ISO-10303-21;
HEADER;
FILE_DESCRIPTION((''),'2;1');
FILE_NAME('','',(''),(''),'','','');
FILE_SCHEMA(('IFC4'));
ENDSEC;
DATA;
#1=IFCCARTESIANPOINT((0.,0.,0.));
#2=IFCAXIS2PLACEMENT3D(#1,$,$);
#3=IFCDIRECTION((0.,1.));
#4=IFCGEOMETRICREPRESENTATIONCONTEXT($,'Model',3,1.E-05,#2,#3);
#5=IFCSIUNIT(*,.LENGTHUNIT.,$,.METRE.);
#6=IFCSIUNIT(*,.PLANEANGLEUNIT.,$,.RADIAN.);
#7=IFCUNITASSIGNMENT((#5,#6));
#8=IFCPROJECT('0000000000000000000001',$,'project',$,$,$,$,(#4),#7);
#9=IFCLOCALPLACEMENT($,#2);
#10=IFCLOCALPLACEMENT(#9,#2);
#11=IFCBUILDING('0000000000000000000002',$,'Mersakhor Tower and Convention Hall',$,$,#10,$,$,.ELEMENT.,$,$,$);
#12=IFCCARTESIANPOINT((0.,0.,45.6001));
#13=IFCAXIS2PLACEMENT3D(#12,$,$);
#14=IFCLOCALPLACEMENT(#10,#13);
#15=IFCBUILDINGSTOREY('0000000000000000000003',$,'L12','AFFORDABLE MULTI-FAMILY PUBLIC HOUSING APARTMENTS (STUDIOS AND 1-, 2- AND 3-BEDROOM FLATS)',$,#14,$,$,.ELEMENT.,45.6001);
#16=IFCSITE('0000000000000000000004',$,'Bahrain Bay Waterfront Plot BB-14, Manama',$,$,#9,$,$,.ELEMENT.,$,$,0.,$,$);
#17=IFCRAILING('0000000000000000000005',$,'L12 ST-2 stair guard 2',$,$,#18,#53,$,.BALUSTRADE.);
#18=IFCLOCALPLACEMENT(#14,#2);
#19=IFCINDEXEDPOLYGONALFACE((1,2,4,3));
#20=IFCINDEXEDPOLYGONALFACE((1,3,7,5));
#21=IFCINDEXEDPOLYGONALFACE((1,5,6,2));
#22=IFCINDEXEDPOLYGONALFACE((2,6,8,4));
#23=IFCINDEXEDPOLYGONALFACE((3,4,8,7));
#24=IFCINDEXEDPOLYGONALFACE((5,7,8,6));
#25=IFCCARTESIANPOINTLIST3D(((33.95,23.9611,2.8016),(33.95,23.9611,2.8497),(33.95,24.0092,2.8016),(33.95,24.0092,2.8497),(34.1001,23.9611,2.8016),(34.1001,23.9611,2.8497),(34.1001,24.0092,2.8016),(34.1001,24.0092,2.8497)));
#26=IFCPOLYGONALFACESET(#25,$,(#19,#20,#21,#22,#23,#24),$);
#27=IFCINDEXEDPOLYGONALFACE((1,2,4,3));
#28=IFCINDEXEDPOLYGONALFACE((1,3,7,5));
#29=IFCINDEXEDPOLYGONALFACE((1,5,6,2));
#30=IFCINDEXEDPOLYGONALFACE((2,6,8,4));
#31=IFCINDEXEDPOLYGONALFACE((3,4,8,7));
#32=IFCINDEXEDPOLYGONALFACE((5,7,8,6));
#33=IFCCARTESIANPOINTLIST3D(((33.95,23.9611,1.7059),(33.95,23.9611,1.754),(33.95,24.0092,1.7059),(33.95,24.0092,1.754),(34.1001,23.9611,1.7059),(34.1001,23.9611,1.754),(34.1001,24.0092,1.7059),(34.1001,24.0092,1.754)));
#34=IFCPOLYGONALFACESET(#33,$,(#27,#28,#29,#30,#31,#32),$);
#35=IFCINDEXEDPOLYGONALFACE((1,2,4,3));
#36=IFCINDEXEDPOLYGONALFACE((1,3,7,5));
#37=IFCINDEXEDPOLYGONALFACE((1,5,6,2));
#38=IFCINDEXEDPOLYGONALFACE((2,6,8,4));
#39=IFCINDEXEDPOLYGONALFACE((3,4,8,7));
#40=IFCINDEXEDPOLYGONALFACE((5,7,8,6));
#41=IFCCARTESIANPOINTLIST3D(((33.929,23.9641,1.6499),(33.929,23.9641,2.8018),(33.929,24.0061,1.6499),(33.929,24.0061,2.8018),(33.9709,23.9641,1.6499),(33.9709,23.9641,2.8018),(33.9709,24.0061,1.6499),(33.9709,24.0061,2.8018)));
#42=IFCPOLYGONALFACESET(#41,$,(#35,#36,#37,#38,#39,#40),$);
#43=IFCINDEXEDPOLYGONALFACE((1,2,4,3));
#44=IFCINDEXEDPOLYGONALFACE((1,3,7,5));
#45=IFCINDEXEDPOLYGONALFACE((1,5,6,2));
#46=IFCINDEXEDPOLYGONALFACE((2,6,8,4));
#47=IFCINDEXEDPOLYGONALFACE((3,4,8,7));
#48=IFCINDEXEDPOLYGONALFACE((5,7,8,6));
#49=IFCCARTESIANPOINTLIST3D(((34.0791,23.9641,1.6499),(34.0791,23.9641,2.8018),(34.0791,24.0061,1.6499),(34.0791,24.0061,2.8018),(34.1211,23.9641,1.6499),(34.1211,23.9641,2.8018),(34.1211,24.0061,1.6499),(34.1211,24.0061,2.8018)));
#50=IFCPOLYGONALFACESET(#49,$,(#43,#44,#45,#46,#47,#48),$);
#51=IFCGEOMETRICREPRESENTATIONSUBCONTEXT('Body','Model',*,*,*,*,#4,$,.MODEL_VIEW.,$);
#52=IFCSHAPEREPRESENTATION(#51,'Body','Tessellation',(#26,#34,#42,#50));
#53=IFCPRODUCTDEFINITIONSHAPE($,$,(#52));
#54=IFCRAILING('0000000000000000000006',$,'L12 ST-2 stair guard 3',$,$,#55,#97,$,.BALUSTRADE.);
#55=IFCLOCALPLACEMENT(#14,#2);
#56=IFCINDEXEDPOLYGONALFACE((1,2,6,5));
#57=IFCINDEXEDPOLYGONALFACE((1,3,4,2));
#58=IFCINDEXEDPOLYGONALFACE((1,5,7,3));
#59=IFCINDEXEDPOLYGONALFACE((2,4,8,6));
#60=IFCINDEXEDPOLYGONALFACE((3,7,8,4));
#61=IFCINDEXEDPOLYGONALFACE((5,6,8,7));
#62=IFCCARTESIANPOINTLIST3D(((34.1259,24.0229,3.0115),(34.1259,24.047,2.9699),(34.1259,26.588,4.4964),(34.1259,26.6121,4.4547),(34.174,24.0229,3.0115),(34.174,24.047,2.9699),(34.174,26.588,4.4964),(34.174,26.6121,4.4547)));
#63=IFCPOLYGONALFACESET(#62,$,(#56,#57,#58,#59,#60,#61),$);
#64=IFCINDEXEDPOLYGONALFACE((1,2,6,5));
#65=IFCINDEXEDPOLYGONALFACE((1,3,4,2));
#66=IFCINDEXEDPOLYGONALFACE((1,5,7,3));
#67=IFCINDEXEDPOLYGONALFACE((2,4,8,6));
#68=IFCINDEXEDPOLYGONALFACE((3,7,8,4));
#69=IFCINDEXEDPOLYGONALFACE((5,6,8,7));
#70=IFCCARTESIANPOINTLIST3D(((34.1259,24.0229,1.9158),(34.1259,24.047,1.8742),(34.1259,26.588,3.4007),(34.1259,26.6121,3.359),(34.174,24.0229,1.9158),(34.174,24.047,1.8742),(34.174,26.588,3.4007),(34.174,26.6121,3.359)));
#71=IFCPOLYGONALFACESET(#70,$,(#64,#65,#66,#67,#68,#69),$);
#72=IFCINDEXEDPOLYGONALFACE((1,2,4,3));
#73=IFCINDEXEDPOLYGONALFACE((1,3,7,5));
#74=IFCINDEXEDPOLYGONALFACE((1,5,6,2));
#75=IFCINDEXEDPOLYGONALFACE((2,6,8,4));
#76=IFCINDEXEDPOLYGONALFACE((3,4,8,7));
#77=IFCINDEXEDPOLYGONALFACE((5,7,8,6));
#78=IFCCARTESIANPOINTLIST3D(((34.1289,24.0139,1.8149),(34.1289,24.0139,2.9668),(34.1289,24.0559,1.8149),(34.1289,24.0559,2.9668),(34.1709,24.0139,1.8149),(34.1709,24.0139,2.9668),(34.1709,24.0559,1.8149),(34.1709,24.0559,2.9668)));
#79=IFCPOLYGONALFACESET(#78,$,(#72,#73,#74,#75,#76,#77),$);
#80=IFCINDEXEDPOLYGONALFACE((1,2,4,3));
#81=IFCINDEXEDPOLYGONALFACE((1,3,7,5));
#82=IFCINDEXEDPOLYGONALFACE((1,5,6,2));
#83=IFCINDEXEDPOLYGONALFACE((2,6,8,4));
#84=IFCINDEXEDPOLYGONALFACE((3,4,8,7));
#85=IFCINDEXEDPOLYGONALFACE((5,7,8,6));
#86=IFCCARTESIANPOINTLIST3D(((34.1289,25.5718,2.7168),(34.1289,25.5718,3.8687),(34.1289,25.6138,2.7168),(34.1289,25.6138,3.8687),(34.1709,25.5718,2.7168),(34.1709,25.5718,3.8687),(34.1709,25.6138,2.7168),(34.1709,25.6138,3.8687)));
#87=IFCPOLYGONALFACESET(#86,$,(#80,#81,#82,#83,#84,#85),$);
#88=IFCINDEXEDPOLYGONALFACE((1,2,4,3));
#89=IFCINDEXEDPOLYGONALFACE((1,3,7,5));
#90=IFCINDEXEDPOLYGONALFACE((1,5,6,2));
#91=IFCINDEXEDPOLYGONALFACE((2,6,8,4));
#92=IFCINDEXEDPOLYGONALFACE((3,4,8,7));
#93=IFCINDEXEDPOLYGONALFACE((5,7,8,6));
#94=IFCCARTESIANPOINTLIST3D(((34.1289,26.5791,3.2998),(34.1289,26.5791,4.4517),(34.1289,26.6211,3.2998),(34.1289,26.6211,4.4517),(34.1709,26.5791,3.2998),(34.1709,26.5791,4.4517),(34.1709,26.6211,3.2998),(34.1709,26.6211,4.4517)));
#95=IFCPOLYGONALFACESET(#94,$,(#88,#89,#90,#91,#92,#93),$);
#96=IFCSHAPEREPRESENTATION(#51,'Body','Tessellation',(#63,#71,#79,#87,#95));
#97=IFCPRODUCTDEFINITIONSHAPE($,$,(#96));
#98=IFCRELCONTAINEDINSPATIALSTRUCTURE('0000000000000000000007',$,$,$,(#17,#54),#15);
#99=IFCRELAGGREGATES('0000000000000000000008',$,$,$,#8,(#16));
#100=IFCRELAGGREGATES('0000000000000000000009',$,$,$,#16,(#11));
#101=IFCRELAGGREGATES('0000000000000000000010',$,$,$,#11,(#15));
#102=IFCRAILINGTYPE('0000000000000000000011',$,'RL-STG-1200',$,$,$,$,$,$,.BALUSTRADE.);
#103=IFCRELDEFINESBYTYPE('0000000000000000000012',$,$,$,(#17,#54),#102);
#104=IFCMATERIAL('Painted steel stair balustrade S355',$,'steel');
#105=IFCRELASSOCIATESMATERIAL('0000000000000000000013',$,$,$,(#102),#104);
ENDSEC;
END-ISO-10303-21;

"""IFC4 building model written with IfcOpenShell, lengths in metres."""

from ifc_helpers import new_model, si_unit, direction, frame, origin, origin_2d, place, context, subcontext, project, spatial, rectangle, extrude, material, type_object, element, save


model = new_model("IFC4")

# Units and contexts
model_context = context("Model", 3, precision=1e-05, world=origin(), true_north=direction((0.0, 1.0)))
body_context = subcontext(model_context, "Body", "Model", "MODEL_VIEW")
ifc_project = project(units=[si_unit("LENGTHUNIT", "METRE"), si_unit("PLANEANGLEUNIT", "RADIAN")], contexts=[model_context])

# Site, building, storey
site_placement = place(None, origin())
site = spatial("IfcSite", under=ifc_project, at=site_placement, Name="Bahrain Bay Waterfront Plot BB-14, Manama", CompositionType="ELEMENT", RefElevation=0.0)
building_placement = place(site_placement, origin())
building = spatial("IfcBuilding", under=site, at=building_placement, Name="Mersakhor Tower and Convention Hall", CompositionType="ELEMENT")
storey_placement = place(building_placement, frame((0.0, 0.0, 45.6001)))
storey = spatial("IfcBuildingStorey", under=building, at=storey_placement, Name="L12", Description="AFFORDABLE MULTI-FAMILY PUBLIC HOUSING APARTMENTS (STUDIOS AND 1-, 2- AND 3-BEDROOM FLATS)", CompositionType="ELEMENT", Elevation=45.6001)

# Railings
ifc_material_1 = material(Name="Painted steel stair balustrade S355", Category="steel")
railing_type_1 = type_object("IfcRailingType", Name="RL-STG-1200", PredefinedType="BALUSTRADE", material=ifc_material_1)
railing_1_placement = place(storey_placement, frame((33.95, 23.9851, 1.6499)))
element("IfcRailing", 1, at=railing_1_placement, inside=storey, type_object=railing_type_1, Name="L12 ST-2 stair guard 2", PredefinedType="BALUSTRADE", context=body_context, shape_type="SweptSolid", body=[
    extrude(rectangle(XDim=0.0481, YDim=0.0481, at=origin_2d()), frame((0.0, 0.0, 1.1758), z_axis=(1.0, 0.0, 0.0), x_axis=(0.0, 1.0, 0.0)), (0.0, 0.0, 1.0), 0.1501),
    extrude(rectangle(XDim=0.0481, YDim=0.0481, at=origin_2d()), frame((0.0, 0.0, 0.0801), z_axis=(1.0, 0.0, 0.0), x_axis=(0.0, 1.0, 0.0)), (0.0, 0.0, 1.0), 0.1501),
    extrude(rectangle(XDim=0.042, YDim=0.042, at=origin_2d()), origin(), (0.0, 0.0, 1.0), 1.1519),
    extrude(rectangle(XDim=0.042, YDim=0.042, at=origin_2d()), frame((0.1501, 0.0, 0.0)), (0.0, 0.0, 1.0), 1.1519),
])
railing_2_placement = place(storey_placement, frame((34.1499, 24.0349, 1.8149)))
element("IfcRailing", 2, at=railing_2_placement, inside=storey, type_object=railing_type_1, Name="L12 ST-2 stair guard 3", PredefinedType="BALUSTRADE", context=body_context, shape_type="SweptSolid", body=[
    extrude(rectangle(XDim=0.0481, YDim=0.0481, at=origin_2d()), frame((0.0, 0.0, 1.1758), z_axis=(0.0, 0.865462, 0.500975), x_axis=(-1.0, 0.0, 0.0)), (0.0, 0.0, 1.0), 2.9639),
    extrude(rectangle(XDim=0.0481, YDim=0.0481, at=origin_2d()), frame((0.0, 0.0, 0.0801), z_axis=(0.0, 0.865462, 0.500975), x_axis=(-1.0, 0.0, 0.0)), (0.0, 0.0, 1.0), 2.9639),
    extrude(rectangle(XDim=0.042, YDim=0.042, at=origin_2d()), origin(), (0.0, 0.0, 1.0), 1.1519),
    extrude(rectangle(XDim=0.042, YDim=0.042, at=origin_2d()), frame((0.0, 1.5579, 0.9019)), (0.0, 0.0, 1.0), 1.1519),
    extrude(rectangle(XDim=0.042, YDim=0.042, at=origin_2d()), frame((0.0, 2.5652, 1.4849)), (0.0, 0.0, 1.0), 1.1519),
])

save(model, "model.ifc")
